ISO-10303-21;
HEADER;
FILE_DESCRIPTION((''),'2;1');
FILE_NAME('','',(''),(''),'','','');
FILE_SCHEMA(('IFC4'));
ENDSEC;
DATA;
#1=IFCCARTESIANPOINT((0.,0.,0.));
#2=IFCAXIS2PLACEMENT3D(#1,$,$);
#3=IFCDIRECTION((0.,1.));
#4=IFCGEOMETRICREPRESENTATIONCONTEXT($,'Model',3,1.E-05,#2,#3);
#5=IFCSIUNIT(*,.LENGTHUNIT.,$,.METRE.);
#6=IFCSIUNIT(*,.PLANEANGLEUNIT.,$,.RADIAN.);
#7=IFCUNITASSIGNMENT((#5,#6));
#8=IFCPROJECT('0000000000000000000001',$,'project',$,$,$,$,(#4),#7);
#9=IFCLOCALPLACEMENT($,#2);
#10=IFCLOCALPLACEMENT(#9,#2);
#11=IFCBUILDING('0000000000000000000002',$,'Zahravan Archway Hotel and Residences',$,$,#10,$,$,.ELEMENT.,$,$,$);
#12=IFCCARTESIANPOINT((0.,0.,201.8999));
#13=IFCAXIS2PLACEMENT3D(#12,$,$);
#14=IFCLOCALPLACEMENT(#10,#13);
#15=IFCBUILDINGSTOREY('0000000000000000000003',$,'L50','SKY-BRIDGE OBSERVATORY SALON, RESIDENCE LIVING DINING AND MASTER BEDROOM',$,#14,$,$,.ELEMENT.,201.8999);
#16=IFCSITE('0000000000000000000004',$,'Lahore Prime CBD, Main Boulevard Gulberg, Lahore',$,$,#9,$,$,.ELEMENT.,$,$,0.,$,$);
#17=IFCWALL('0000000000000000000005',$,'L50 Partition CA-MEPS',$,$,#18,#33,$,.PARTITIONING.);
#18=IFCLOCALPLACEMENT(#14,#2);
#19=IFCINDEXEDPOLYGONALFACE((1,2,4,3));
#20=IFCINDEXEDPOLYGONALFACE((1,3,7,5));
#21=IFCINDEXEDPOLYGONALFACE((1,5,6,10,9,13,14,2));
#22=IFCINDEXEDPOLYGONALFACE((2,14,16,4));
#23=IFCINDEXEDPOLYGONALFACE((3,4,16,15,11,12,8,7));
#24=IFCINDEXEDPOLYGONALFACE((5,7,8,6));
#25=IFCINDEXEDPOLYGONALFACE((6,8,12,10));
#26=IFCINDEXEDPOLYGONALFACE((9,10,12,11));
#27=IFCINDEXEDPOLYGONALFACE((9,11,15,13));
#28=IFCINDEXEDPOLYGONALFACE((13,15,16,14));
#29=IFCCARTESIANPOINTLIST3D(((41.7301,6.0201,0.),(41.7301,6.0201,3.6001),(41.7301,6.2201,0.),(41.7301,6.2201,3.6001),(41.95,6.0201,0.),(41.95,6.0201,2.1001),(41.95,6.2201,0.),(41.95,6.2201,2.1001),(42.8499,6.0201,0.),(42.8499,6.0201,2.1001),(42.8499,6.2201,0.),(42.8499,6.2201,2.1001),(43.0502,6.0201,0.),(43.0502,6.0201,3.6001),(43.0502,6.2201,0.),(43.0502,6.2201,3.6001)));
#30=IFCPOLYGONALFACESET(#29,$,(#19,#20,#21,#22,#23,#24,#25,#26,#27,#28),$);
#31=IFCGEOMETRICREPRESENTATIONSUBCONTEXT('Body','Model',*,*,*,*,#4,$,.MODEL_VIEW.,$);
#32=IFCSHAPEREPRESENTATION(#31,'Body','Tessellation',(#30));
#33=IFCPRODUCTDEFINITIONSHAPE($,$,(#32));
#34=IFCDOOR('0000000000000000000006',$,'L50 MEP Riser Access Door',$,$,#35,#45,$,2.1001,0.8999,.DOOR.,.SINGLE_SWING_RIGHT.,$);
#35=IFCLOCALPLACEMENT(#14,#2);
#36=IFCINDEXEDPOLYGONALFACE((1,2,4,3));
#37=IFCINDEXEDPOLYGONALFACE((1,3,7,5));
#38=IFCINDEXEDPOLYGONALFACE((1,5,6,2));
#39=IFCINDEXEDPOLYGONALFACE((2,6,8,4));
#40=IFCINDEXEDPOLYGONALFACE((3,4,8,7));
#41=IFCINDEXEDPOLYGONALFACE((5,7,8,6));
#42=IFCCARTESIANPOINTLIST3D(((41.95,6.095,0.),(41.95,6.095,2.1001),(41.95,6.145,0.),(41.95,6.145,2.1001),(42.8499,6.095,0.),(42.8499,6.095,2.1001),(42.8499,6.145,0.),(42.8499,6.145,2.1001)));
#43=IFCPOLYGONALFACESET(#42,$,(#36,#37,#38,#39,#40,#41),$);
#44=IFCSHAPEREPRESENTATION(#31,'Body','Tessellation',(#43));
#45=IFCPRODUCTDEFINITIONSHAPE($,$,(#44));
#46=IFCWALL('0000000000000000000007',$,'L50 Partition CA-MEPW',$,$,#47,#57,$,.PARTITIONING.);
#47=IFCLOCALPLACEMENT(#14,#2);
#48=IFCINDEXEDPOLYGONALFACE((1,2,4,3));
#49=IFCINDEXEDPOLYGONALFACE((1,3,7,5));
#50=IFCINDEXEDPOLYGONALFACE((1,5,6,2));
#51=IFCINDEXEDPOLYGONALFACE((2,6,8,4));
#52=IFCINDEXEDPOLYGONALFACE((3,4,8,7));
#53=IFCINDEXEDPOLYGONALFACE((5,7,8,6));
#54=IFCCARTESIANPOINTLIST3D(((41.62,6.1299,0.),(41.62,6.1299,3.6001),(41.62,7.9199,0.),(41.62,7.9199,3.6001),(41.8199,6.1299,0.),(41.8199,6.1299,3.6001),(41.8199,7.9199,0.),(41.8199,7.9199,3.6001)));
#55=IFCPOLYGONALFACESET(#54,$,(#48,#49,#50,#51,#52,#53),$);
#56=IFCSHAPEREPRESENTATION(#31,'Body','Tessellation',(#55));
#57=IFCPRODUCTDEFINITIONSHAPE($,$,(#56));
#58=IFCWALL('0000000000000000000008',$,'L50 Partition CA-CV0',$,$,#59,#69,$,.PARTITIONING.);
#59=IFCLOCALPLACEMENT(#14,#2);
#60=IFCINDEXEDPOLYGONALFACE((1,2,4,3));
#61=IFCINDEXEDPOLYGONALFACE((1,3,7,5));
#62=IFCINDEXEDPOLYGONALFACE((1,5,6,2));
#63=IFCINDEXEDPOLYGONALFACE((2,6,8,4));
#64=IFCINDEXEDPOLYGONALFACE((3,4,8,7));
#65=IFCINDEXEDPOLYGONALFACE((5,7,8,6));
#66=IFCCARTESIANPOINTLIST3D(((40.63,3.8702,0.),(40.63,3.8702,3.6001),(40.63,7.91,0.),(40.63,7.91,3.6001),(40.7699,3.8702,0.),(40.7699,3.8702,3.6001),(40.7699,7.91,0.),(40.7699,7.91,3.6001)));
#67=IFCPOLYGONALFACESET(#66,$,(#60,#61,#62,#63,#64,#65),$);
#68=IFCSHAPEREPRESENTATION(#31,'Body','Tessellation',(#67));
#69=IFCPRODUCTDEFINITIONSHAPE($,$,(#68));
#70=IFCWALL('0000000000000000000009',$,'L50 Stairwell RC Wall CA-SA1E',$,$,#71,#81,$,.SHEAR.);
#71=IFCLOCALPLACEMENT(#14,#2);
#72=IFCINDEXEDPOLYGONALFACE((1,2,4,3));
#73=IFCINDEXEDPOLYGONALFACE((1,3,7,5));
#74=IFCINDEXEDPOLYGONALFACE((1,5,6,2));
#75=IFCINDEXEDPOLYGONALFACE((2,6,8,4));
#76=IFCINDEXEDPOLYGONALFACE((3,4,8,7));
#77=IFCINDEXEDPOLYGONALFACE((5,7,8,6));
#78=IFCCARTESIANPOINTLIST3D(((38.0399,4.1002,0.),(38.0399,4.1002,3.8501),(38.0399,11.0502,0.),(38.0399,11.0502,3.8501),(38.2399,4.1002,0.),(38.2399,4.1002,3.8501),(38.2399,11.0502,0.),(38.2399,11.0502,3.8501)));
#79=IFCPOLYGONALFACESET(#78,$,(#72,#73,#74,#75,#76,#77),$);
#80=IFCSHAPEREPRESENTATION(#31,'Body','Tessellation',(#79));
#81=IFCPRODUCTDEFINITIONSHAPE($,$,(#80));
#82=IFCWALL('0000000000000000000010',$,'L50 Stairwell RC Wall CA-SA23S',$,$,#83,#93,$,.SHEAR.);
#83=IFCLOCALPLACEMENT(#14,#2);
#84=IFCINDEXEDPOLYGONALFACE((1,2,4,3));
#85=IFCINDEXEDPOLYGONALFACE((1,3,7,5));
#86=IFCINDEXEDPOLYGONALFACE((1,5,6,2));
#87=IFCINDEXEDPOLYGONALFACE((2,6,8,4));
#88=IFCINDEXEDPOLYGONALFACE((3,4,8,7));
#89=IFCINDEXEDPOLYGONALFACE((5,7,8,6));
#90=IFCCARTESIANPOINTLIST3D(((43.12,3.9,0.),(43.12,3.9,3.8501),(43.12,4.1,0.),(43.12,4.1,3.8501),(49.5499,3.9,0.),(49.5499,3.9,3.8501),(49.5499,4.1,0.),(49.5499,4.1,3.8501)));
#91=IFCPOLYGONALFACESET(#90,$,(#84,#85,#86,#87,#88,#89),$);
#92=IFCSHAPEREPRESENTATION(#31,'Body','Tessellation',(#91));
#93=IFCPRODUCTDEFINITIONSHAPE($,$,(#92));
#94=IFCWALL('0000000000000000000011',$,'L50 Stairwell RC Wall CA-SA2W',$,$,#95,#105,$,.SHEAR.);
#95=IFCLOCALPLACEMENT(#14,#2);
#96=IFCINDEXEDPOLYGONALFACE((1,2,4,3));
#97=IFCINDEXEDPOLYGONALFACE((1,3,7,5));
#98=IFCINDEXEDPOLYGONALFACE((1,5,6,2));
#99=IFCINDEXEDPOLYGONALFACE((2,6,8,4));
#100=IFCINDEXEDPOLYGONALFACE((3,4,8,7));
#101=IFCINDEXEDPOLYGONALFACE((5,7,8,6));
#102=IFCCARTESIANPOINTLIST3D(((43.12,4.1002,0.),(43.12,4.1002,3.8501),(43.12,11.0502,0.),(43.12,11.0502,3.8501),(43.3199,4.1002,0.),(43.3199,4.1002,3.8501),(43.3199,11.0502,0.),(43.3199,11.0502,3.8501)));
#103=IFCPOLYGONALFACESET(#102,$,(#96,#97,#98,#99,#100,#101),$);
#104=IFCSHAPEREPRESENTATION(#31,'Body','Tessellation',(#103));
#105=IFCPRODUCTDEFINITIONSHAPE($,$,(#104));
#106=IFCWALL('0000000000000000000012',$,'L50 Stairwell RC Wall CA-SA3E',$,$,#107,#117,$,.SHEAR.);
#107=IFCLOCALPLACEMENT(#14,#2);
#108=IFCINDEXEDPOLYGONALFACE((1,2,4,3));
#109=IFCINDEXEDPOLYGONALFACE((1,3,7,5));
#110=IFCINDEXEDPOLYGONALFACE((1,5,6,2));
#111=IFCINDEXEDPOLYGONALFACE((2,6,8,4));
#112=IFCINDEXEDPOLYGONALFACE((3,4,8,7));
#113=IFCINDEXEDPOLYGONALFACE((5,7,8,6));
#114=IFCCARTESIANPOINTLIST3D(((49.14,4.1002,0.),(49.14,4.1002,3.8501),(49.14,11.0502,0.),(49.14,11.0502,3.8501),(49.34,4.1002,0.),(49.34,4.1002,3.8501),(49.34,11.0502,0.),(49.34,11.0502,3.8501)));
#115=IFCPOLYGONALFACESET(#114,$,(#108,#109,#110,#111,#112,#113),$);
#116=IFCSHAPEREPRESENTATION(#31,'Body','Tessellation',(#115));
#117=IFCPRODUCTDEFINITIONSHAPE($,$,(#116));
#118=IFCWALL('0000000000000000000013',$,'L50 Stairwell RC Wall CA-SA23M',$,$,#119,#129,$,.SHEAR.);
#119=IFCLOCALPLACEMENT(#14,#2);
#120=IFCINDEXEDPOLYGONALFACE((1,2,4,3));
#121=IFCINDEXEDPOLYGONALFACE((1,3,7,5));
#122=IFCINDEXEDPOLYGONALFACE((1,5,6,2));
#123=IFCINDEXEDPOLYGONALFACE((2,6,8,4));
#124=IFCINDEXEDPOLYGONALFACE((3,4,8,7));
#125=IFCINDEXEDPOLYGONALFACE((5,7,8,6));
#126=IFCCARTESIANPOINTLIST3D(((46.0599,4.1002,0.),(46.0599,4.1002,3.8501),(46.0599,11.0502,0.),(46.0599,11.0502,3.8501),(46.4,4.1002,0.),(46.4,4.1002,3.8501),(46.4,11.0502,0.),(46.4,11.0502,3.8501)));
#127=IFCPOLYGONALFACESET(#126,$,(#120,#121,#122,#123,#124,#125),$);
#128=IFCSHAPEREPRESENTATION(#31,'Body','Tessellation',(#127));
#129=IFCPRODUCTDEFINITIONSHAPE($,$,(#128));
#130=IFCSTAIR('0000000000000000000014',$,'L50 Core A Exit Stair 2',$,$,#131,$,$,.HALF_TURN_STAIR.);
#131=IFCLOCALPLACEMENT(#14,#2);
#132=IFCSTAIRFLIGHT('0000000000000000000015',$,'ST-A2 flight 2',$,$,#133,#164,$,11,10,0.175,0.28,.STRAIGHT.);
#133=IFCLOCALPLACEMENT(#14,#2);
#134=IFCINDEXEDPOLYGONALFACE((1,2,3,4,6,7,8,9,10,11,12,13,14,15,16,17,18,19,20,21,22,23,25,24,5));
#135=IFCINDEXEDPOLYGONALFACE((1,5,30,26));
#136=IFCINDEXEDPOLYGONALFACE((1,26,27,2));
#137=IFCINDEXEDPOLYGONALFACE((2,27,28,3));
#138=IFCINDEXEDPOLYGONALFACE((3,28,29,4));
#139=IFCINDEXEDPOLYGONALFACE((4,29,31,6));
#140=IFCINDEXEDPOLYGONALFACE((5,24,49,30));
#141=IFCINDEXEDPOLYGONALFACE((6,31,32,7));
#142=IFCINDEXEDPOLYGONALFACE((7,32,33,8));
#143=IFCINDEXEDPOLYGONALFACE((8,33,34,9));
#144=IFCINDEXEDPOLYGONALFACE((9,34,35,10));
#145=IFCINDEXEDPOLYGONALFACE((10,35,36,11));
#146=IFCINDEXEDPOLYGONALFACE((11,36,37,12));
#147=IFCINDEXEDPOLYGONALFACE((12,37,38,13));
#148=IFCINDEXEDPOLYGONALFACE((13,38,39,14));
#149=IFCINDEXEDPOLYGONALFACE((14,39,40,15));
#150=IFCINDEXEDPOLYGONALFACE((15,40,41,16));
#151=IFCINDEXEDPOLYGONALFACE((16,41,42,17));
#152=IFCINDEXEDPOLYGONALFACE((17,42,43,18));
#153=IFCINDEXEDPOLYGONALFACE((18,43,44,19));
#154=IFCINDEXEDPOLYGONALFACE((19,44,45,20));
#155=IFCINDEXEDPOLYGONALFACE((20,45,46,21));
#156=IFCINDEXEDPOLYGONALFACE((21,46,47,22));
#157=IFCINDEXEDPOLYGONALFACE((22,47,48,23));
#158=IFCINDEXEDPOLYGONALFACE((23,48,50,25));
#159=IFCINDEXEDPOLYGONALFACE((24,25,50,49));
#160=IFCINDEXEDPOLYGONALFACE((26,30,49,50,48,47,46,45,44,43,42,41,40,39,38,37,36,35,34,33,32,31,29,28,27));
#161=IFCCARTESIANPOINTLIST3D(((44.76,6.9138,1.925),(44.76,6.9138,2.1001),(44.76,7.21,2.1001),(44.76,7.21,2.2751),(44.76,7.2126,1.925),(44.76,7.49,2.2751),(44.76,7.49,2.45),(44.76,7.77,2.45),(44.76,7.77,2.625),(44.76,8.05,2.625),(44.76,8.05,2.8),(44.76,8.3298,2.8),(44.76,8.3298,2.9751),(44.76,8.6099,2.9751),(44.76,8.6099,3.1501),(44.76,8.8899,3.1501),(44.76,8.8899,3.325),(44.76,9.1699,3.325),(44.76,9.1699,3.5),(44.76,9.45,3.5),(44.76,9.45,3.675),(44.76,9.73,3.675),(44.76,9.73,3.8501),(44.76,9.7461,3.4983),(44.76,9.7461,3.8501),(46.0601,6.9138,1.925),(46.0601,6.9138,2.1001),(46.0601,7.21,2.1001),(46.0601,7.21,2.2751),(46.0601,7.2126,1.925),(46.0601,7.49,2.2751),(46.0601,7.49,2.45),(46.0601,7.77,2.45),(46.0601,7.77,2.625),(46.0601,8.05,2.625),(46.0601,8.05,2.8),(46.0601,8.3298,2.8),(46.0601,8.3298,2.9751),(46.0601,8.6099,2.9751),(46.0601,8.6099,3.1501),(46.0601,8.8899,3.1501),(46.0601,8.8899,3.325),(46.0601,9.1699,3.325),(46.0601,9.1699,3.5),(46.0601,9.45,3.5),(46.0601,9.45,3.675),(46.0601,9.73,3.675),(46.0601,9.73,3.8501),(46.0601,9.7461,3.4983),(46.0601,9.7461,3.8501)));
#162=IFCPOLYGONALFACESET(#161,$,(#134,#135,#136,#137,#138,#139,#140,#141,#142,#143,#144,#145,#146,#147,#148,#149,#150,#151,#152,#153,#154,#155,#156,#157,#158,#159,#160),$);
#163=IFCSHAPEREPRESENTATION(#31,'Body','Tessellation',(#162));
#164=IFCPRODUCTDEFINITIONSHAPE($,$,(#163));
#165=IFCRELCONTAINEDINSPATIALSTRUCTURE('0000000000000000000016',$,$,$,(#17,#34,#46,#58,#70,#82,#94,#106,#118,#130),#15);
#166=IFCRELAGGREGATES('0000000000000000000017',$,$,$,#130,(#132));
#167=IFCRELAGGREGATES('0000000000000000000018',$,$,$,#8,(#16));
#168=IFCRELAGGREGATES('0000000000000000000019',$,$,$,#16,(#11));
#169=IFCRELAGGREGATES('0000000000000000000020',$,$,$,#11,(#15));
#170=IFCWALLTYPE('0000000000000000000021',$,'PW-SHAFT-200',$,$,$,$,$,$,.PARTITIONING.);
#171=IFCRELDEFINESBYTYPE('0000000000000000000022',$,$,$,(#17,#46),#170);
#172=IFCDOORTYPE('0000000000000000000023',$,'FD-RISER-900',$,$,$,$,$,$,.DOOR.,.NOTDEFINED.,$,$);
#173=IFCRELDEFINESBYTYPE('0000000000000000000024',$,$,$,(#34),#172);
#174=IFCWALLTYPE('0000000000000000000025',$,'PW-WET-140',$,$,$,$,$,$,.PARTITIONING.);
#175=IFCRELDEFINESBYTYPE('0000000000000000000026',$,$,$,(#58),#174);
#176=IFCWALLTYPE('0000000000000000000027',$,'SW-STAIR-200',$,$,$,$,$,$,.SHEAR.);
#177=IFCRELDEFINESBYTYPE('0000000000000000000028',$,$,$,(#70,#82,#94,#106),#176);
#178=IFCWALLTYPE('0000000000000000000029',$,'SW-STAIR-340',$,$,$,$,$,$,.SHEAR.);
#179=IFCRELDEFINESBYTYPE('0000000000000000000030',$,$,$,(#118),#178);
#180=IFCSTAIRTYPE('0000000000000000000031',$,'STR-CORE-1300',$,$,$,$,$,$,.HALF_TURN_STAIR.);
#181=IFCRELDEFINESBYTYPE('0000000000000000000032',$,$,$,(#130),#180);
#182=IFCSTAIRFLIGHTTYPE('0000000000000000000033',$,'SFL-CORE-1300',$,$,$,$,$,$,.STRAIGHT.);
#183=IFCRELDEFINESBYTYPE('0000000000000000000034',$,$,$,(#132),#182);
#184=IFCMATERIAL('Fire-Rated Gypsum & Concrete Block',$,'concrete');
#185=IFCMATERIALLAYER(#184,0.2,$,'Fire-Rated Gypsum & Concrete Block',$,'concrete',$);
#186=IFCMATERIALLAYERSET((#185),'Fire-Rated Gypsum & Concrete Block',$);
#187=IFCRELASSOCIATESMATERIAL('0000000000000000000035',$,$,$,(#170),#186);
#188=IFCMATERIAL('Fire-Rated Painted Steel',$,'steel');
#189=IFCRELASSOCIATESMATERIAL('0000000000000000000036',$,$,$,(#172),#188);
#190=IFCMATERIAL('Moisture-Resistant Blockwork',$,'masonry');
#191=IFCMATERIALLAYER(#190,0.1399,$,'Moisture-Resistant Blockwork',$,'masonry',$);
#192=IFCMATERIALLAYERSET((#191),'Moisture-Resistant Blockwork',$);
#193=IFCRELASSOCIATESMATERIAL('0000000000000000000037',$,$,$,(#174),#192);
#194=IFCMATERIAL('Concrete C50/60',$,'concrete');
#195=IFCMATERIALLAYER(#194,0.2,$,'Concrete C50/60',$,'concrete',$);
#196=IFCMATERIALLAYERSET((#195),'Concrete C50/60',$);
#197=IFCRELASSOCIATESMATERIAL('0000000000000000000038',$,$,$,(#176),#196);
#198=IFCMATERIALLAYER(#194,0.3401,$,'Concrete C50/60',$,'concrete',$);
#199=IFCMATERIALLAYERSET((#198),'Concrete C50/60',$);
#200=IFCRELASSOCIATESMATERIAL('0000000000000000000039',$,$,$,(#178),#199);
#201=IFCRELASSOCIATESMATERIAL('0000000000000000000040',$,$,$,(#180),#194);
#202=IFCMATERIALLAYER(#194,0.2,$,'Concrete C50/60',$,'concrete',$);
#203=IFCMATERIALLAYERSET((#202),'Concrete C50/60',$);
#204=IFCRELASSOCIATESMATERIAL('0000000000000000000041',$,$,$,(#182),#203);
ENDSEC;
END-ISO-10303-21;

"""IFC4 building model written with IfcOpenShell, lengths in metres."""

from ifc_helpers import new_model, si_unit, direction, frame, frame_2d, origin, place, context, subcontext, project, spatial, polyline, rectangle, outline, extrude, source, transform, mapped, material, layer, layer_set, type_object, type_shapes, element, fill, aggregate, save


model = new_model("IFC4")

# Units and contexts
model_context = context("Model", 3, precision=1e-05, world=origin(), true_north=direction((0.0, 1.0)))
body_context = subcontext(model_context, "Body", "Model", "MODEL_VIEW")
ifc_project = project(units=[si_unit("LENGTHUNIT", "METRE"), si_unit("PLANEANGLEUNIT", "RADIAN")], contexts=[model_context])

# Site, building, storey
site_placement = place(None, origin())
site = spatial("IfcSite", under=ifc_project, at=site_placement, Name="Lahore Prime CBD, Main Boulevard Gulberg, Lahore", CompositionType="ELEMENT", RefElevation=0.0)
building_placement = place(site_placement, origin())
building = spatial("IfcBuilding", under=site, at=building_placement, Name="Zahravan Archway Hotel and Residences", CompositionType="ELEMENT")
storey_placement = place(building_placement, frame((0.0, 0.0, 201.8999)))
storey = spatial("IfcBuildingStorey", under=building, at=storey_placement, Name="L50", Description="SKY-BRIDGE OBSERVATORY SALON, RESIDENCE LIVING DINING AND MASTER BEDROOM", CompositionType="ELEMENT", Elevation=201.8999)

# Shared definitions
ifc_material_1 = material(Name="Fire-Rated Gypsum & Concrete Block", Category="concrete")
ifc_layer_1 = layer(ifc_material_1, 0.2, Name="Fire-Rated Gypsum & Concrete Block", Category="concrete")
ifc_layer_set_1 = layer_set([ifc_layer_1], Name="Fire-Rated Gypsum & Concrete Block")
wall_type_1 = type_object("IfcWallType", Name="PW-SHAFT-200", PredefinedType="PARTITIONING", material=ifc_layer_set_1)
ifc_material_2 = material(Name="Fire-Rated Painted Steel", Category="steel")
door_type = type_object("IfcDoorType", Name="FD-RISER-900", OperationType="NOTDEFINED", PredefinedType="DOOR", material=ifc_material_2)
shared_shape_1 = source(origin(), body_context, "Body", "SweptSolid", [
    extrude(rectangle(XDim=0.8999, YDim=2.1001, at=frame_2d((0.45, 1.05))), frame((0.0, 0.0249, 0.0), z_axis=(0.0, -1.0, 0.0), x_axis=(1.0, 0.0, 0.0)), (0.0, 0.0, 1.0), 0.05),
])
type_shapes(door_type, [shared_shape_1])

# Wall, opening, door
wall_1_placement = place(storey_placement, frame((41.73, 6.1201, 0.0), z_axis=(0.0, 0.0, 1.0), x_axis=(1.0, 0.0, 0.0)))
wall_1 = element("IfcWall", 1, at=wall_1_placement, inside=storey, type_object=wall_type_1, Name="L50 Partition CA-MEPS", PredefinedType="PARTITIONING", context=body_context, shape_type="SweptSolid", body=[
    extrude(rectangle(XDim=1.3201, YDim=0.2, at=frame_2d((0.6602, 0.0))), origin(), (0.0, 0.0, 1.0), 3.6001),
])
opening_1_placement = place(wall_1_placement, frame((0.22, 0.0, 0.0)))
opening_1 = element("IfcOpeningElement", 2, at=opening_1_placement, cuts=wall_1, PredefinedType="OPENING", context=body_context, shape_type="SweptSolid", body=[
    extrude(rectangle(XDim=0.8999, YDim=2.1001, at=frame_2d((0.45, 1.05))), frame((0.0, 0.1099, 0.0), z_axis=(0.0, -1.0, 0.0), x_axis=(1.0, 0.0, 0.0)), (0.0, 0.0, 1.0), 0.22),
])
door_1_placement = place(opening_1_placement, origin())
door_1 = element("IfcDoor", 3, at=door_1_placement, inside=storey, type_object=door_type, Name="L50 MEP Riser Access Door", OperationType="SINGLE_SWING_RIGHT", OverallHeight=2.1001, OverallWidth=0.8999, PredefinedType="DOOR", context=body_context, shape_type="MappedRepresentation", body=[
    mapped(shared_shape_1, transform((0.0, 0.0, 0.0), scale=1.0)),
])
fill(opening_1, door_1)

# Walls
wall_2_placement = place(storey_placement, frame((41.72, 6.1299, 0.0), z_axis=(0.0, 0.0, 1.0), x_axis=(0.0, 1.0, 0.0)))
element("IfcWall", 4, at=wall_2_placement, inside=storey, type_object=wall_type_1, Name="L50 Partition CA-MEPW", PredefinedType="PARTITIONING", context=body_context, shape_type="SweptSolid", body=[
    extrude(rectangle(XDim=1.79, YDim=0.2, at=frame_2d((0.895, 0.0))), origin(), (0.0, 0.0, 1.0), 3.6001),
])
ifc_material_3 = material(Name="Moisture-Resistant Blockwork", Category="masonry")
ifc_layer_2 = layer(ifc_material_3, 0.1399, Name="Moisture-Resistant Blockwork", Category="masonry")
ifc_layer_set_2 = layer_set([ifc_layer_2], Name="Moisture-Resistant Blockwork")
wall_type_2 = type_object("IfcWallType", Name="PW-WET-140", PredefinedType="PARTITIONING", material=ifc_layer_set_2)
wall_3_placement = place(storey_placement, frame((40.7, 3.8701, 0.0), z_axis=(0.0, 0.0, 1.0), x_axis=(0.0, 1.0, 0.0)))
element("IfcWall", 5, at=wall_3_placement, inside=storey, type_object=wall_type_2, Name="L50 Partition CA-CV0", PredefinedType="PARTITIONING", context=body_context, shape_type="SweptSolid", body=[
    extrude(rectangle(XDim=4.0398, YDim=0.1399, at=frame_2d((2.02, 0.0))), origin(), (0.0, 0.0, 1.0), 3.6001),
])
ifc_material_4 = material(Name="Concrete C50/60", Category="concrete")
ifc_layer_3 = layer(ifc_material_4, 0.2, Name="Concrete C50/60", Category="concrete")
ifc_layer_set_3 = layer_set([ifc_layer_3], Name="Concrete C50/60")
wall_type_3 = type_object("IfcWallType", Name="SW-STAIR-200", PredefinedType="SHEAR", material=ifc_layer_set_3)
wall_4_placement = place(storey_placement, frame((38.1399, 4.1001, 0.0), z_axis=(0.0, 0.0, 1.0), x_axis=(0.0, 1.0, 0.0)))
element("IfcWall", 6, at=wall_4_placement, inside=storey, type_object=wall_type_3, Name="L50 Stairwell RC Wall CA-SA1E", PredefinedType="SHEAR", context=body_context, shape_type="SweptSolid", body=[
    extrude(rectangle(XDim=6.95, YDim=0.2, at=frame_2d((3.4751, 0.0))), origin(), (0.0, 0.0, 1.0), 3.8501),
])
wall_5_placement = place(storey_placement, frame((43.1201, 4.0, 0.0), z_axis=(0.0, 0.0, 1.0), x_axis=(1.0, 0.0, 0.0)))
element("IfcWall", 7, at=wall_5_placement, inside=storey, type_object=wall_type_3, Name="L50 Stairwell RC Wall CA-SA23S", PredefinedType="SHEAR", context=body_context, shape_type="SweptSolid", body=[
    extrude(rectangle(XDim=6.4299, YDim=0.2, at=frame_2d((3.2148, 0.0))), origin(), (0.0, 0.0, 1.0), 3.8501),
])
for number, where, z_axis, x_axis, name in (
    (8, (43.22, 4.1001, 0.0), (0.0, 0.0, 1.0), (0.0, 1.0, 0.0), "L50 Stairwell RC Wall CA-SA2W"),
    (9, (49.24, 4.1001, 0.0), (0.0, 0.0, 1.0), (0.0, 1.0, 0.0), "L50 Stairwell RC Wall CA-SA3E"),
):
    element("IfcWall", number, at=place(storey_placement, frame(where, z_axis=z_axis, x_axis=x_axis)), inside=storey, type_object=wall_type_3, Name=name, PredefinedType="SHEAR", context=body_context, shape_type="SweptSolid", body=[
        extrude(rectangle(XDim=6.95, YDim=0.2, at=frame_2d((3.4751, 0.0))), origin(), (0.0, 0.0, 1.0), 3.8501),
    ])
ifc_layer_4 = layer(ifc_material_4, 0.3401, Name="Concrete C50/60", Category="concrete")
ifc_layer_set_4 = layer_set([ifc_layer_4], Name="Concrete C50/60")
wall_type_4 = type_object("IfcWallType", Name="SW-STAIR-340", PredefinedType="SHEAR", material=ifc_layer_set_4)
wall_6_placement = place(storey_placement, frame((46.23, 4.1001, 0.0), z_axis=(0.0, 0.0, 1.0), x_axis=(0.0, 1.0, 0.0)))
element("IfcWall", 10, at=wall_6_placement, inside=storey, type_object=wall_type_4, Name="L50 Stairwell RC Wall CA-SA23M", PredefinedType="SHEAR", context=body_context, shape_type="SweptSolid", body=[
    extrude(rectangle(XDim=6.95, YDim=0.3401, at=frame_2d((3.4751, 0.0))), origin(), (0.0, 0.0, 1.0), 3.8501),
])

# Stair, stair flight
stair_type = type_object("IfcStairType", Name="STR-CORE-1300", PredefinedType="HALF_TURN_STAIR", material=ifc_material_4)
stair_placement = place(storey_placement, origin())
stair = element("IfcStair", 11, at=stair_placement, inside=storey, type_object=stair_type, Name="L50 Core A Exit Stair 2", PredefinedType="HALF_TURN_STAIR")
ifc_layer_5 = layer(ifc_material_4, 0.2, Name="Concrete C50/60", Category="concrete")
ifc_layer_set_5 = layer_set([ifc_layer_5], Name="Concrete C50/60")
stair_flight_type = type_object("IfcStairFlightType", Name="SFL-CORE-1300", PredefinedType="STRAIGHT", material=ifc_layer_set_5)
shared_shape_2 = source(origin(), body_context, "Body", "SweptSolid", [
    extrude(outline(polyline([(-0.0161, 0.0), (-0.0161, 0.175), (0.28, 0.175), (0.28, 0.3501), (0.5601, 0.3501), (0.5601, 0.5249), (0.8401, 0.5249), (0.8401, 0.7), (1.1201, 0.7), (1.1201, 0.875), (1.3999, 0.875), (1.3999, 1.05), (1.6799, 1.05), (1.6799, 1.2251), (1.96, 1.2251), (1.96, 1.3999), (2.24, 1.3999), (2.24, 1.575), (2.52, 1.575), (2.52, 1.75), (2.8, 1.75), (2.8, 1.925), (2.8162, 1.925), (2.8162, 1.5732), (0.2827, 0.0), (-0.0161, 0.0)])), frame((0.0, 0.6499, 0.0), z_axis=(0.0, -1.0, 0.0), x_axis=(1.0, 0.0, 0.0)), (0.0, 0.0, 1.0), 1.3),
])
stair_flight_placement = place(storey_placement, frame((45.4099, 6.9299, 1.925), z_axis=(0.0, 0.0, 1.0), x_axis=(0.0, 1.0, 0.0)))
stair_flight = element("IfcStairFlight", 12, at=stair_flight_placement, type_object=stair_flight_type, Name="ST-A2 flight 2", NumberOfRisers=11, NumberOfTreads=10, PredefinedType="STRAIGHT", RiserHeight=0.175, TreadLength=0.28, context=body_context, shape_type="MappedRepresentation", body=[
    mapped(shared_shape_2, transform((0.0, 0.0, 0.0), scale=1.0)),
])
aggregate(stair, [stair_flight])

save(model, "model.ifc")
